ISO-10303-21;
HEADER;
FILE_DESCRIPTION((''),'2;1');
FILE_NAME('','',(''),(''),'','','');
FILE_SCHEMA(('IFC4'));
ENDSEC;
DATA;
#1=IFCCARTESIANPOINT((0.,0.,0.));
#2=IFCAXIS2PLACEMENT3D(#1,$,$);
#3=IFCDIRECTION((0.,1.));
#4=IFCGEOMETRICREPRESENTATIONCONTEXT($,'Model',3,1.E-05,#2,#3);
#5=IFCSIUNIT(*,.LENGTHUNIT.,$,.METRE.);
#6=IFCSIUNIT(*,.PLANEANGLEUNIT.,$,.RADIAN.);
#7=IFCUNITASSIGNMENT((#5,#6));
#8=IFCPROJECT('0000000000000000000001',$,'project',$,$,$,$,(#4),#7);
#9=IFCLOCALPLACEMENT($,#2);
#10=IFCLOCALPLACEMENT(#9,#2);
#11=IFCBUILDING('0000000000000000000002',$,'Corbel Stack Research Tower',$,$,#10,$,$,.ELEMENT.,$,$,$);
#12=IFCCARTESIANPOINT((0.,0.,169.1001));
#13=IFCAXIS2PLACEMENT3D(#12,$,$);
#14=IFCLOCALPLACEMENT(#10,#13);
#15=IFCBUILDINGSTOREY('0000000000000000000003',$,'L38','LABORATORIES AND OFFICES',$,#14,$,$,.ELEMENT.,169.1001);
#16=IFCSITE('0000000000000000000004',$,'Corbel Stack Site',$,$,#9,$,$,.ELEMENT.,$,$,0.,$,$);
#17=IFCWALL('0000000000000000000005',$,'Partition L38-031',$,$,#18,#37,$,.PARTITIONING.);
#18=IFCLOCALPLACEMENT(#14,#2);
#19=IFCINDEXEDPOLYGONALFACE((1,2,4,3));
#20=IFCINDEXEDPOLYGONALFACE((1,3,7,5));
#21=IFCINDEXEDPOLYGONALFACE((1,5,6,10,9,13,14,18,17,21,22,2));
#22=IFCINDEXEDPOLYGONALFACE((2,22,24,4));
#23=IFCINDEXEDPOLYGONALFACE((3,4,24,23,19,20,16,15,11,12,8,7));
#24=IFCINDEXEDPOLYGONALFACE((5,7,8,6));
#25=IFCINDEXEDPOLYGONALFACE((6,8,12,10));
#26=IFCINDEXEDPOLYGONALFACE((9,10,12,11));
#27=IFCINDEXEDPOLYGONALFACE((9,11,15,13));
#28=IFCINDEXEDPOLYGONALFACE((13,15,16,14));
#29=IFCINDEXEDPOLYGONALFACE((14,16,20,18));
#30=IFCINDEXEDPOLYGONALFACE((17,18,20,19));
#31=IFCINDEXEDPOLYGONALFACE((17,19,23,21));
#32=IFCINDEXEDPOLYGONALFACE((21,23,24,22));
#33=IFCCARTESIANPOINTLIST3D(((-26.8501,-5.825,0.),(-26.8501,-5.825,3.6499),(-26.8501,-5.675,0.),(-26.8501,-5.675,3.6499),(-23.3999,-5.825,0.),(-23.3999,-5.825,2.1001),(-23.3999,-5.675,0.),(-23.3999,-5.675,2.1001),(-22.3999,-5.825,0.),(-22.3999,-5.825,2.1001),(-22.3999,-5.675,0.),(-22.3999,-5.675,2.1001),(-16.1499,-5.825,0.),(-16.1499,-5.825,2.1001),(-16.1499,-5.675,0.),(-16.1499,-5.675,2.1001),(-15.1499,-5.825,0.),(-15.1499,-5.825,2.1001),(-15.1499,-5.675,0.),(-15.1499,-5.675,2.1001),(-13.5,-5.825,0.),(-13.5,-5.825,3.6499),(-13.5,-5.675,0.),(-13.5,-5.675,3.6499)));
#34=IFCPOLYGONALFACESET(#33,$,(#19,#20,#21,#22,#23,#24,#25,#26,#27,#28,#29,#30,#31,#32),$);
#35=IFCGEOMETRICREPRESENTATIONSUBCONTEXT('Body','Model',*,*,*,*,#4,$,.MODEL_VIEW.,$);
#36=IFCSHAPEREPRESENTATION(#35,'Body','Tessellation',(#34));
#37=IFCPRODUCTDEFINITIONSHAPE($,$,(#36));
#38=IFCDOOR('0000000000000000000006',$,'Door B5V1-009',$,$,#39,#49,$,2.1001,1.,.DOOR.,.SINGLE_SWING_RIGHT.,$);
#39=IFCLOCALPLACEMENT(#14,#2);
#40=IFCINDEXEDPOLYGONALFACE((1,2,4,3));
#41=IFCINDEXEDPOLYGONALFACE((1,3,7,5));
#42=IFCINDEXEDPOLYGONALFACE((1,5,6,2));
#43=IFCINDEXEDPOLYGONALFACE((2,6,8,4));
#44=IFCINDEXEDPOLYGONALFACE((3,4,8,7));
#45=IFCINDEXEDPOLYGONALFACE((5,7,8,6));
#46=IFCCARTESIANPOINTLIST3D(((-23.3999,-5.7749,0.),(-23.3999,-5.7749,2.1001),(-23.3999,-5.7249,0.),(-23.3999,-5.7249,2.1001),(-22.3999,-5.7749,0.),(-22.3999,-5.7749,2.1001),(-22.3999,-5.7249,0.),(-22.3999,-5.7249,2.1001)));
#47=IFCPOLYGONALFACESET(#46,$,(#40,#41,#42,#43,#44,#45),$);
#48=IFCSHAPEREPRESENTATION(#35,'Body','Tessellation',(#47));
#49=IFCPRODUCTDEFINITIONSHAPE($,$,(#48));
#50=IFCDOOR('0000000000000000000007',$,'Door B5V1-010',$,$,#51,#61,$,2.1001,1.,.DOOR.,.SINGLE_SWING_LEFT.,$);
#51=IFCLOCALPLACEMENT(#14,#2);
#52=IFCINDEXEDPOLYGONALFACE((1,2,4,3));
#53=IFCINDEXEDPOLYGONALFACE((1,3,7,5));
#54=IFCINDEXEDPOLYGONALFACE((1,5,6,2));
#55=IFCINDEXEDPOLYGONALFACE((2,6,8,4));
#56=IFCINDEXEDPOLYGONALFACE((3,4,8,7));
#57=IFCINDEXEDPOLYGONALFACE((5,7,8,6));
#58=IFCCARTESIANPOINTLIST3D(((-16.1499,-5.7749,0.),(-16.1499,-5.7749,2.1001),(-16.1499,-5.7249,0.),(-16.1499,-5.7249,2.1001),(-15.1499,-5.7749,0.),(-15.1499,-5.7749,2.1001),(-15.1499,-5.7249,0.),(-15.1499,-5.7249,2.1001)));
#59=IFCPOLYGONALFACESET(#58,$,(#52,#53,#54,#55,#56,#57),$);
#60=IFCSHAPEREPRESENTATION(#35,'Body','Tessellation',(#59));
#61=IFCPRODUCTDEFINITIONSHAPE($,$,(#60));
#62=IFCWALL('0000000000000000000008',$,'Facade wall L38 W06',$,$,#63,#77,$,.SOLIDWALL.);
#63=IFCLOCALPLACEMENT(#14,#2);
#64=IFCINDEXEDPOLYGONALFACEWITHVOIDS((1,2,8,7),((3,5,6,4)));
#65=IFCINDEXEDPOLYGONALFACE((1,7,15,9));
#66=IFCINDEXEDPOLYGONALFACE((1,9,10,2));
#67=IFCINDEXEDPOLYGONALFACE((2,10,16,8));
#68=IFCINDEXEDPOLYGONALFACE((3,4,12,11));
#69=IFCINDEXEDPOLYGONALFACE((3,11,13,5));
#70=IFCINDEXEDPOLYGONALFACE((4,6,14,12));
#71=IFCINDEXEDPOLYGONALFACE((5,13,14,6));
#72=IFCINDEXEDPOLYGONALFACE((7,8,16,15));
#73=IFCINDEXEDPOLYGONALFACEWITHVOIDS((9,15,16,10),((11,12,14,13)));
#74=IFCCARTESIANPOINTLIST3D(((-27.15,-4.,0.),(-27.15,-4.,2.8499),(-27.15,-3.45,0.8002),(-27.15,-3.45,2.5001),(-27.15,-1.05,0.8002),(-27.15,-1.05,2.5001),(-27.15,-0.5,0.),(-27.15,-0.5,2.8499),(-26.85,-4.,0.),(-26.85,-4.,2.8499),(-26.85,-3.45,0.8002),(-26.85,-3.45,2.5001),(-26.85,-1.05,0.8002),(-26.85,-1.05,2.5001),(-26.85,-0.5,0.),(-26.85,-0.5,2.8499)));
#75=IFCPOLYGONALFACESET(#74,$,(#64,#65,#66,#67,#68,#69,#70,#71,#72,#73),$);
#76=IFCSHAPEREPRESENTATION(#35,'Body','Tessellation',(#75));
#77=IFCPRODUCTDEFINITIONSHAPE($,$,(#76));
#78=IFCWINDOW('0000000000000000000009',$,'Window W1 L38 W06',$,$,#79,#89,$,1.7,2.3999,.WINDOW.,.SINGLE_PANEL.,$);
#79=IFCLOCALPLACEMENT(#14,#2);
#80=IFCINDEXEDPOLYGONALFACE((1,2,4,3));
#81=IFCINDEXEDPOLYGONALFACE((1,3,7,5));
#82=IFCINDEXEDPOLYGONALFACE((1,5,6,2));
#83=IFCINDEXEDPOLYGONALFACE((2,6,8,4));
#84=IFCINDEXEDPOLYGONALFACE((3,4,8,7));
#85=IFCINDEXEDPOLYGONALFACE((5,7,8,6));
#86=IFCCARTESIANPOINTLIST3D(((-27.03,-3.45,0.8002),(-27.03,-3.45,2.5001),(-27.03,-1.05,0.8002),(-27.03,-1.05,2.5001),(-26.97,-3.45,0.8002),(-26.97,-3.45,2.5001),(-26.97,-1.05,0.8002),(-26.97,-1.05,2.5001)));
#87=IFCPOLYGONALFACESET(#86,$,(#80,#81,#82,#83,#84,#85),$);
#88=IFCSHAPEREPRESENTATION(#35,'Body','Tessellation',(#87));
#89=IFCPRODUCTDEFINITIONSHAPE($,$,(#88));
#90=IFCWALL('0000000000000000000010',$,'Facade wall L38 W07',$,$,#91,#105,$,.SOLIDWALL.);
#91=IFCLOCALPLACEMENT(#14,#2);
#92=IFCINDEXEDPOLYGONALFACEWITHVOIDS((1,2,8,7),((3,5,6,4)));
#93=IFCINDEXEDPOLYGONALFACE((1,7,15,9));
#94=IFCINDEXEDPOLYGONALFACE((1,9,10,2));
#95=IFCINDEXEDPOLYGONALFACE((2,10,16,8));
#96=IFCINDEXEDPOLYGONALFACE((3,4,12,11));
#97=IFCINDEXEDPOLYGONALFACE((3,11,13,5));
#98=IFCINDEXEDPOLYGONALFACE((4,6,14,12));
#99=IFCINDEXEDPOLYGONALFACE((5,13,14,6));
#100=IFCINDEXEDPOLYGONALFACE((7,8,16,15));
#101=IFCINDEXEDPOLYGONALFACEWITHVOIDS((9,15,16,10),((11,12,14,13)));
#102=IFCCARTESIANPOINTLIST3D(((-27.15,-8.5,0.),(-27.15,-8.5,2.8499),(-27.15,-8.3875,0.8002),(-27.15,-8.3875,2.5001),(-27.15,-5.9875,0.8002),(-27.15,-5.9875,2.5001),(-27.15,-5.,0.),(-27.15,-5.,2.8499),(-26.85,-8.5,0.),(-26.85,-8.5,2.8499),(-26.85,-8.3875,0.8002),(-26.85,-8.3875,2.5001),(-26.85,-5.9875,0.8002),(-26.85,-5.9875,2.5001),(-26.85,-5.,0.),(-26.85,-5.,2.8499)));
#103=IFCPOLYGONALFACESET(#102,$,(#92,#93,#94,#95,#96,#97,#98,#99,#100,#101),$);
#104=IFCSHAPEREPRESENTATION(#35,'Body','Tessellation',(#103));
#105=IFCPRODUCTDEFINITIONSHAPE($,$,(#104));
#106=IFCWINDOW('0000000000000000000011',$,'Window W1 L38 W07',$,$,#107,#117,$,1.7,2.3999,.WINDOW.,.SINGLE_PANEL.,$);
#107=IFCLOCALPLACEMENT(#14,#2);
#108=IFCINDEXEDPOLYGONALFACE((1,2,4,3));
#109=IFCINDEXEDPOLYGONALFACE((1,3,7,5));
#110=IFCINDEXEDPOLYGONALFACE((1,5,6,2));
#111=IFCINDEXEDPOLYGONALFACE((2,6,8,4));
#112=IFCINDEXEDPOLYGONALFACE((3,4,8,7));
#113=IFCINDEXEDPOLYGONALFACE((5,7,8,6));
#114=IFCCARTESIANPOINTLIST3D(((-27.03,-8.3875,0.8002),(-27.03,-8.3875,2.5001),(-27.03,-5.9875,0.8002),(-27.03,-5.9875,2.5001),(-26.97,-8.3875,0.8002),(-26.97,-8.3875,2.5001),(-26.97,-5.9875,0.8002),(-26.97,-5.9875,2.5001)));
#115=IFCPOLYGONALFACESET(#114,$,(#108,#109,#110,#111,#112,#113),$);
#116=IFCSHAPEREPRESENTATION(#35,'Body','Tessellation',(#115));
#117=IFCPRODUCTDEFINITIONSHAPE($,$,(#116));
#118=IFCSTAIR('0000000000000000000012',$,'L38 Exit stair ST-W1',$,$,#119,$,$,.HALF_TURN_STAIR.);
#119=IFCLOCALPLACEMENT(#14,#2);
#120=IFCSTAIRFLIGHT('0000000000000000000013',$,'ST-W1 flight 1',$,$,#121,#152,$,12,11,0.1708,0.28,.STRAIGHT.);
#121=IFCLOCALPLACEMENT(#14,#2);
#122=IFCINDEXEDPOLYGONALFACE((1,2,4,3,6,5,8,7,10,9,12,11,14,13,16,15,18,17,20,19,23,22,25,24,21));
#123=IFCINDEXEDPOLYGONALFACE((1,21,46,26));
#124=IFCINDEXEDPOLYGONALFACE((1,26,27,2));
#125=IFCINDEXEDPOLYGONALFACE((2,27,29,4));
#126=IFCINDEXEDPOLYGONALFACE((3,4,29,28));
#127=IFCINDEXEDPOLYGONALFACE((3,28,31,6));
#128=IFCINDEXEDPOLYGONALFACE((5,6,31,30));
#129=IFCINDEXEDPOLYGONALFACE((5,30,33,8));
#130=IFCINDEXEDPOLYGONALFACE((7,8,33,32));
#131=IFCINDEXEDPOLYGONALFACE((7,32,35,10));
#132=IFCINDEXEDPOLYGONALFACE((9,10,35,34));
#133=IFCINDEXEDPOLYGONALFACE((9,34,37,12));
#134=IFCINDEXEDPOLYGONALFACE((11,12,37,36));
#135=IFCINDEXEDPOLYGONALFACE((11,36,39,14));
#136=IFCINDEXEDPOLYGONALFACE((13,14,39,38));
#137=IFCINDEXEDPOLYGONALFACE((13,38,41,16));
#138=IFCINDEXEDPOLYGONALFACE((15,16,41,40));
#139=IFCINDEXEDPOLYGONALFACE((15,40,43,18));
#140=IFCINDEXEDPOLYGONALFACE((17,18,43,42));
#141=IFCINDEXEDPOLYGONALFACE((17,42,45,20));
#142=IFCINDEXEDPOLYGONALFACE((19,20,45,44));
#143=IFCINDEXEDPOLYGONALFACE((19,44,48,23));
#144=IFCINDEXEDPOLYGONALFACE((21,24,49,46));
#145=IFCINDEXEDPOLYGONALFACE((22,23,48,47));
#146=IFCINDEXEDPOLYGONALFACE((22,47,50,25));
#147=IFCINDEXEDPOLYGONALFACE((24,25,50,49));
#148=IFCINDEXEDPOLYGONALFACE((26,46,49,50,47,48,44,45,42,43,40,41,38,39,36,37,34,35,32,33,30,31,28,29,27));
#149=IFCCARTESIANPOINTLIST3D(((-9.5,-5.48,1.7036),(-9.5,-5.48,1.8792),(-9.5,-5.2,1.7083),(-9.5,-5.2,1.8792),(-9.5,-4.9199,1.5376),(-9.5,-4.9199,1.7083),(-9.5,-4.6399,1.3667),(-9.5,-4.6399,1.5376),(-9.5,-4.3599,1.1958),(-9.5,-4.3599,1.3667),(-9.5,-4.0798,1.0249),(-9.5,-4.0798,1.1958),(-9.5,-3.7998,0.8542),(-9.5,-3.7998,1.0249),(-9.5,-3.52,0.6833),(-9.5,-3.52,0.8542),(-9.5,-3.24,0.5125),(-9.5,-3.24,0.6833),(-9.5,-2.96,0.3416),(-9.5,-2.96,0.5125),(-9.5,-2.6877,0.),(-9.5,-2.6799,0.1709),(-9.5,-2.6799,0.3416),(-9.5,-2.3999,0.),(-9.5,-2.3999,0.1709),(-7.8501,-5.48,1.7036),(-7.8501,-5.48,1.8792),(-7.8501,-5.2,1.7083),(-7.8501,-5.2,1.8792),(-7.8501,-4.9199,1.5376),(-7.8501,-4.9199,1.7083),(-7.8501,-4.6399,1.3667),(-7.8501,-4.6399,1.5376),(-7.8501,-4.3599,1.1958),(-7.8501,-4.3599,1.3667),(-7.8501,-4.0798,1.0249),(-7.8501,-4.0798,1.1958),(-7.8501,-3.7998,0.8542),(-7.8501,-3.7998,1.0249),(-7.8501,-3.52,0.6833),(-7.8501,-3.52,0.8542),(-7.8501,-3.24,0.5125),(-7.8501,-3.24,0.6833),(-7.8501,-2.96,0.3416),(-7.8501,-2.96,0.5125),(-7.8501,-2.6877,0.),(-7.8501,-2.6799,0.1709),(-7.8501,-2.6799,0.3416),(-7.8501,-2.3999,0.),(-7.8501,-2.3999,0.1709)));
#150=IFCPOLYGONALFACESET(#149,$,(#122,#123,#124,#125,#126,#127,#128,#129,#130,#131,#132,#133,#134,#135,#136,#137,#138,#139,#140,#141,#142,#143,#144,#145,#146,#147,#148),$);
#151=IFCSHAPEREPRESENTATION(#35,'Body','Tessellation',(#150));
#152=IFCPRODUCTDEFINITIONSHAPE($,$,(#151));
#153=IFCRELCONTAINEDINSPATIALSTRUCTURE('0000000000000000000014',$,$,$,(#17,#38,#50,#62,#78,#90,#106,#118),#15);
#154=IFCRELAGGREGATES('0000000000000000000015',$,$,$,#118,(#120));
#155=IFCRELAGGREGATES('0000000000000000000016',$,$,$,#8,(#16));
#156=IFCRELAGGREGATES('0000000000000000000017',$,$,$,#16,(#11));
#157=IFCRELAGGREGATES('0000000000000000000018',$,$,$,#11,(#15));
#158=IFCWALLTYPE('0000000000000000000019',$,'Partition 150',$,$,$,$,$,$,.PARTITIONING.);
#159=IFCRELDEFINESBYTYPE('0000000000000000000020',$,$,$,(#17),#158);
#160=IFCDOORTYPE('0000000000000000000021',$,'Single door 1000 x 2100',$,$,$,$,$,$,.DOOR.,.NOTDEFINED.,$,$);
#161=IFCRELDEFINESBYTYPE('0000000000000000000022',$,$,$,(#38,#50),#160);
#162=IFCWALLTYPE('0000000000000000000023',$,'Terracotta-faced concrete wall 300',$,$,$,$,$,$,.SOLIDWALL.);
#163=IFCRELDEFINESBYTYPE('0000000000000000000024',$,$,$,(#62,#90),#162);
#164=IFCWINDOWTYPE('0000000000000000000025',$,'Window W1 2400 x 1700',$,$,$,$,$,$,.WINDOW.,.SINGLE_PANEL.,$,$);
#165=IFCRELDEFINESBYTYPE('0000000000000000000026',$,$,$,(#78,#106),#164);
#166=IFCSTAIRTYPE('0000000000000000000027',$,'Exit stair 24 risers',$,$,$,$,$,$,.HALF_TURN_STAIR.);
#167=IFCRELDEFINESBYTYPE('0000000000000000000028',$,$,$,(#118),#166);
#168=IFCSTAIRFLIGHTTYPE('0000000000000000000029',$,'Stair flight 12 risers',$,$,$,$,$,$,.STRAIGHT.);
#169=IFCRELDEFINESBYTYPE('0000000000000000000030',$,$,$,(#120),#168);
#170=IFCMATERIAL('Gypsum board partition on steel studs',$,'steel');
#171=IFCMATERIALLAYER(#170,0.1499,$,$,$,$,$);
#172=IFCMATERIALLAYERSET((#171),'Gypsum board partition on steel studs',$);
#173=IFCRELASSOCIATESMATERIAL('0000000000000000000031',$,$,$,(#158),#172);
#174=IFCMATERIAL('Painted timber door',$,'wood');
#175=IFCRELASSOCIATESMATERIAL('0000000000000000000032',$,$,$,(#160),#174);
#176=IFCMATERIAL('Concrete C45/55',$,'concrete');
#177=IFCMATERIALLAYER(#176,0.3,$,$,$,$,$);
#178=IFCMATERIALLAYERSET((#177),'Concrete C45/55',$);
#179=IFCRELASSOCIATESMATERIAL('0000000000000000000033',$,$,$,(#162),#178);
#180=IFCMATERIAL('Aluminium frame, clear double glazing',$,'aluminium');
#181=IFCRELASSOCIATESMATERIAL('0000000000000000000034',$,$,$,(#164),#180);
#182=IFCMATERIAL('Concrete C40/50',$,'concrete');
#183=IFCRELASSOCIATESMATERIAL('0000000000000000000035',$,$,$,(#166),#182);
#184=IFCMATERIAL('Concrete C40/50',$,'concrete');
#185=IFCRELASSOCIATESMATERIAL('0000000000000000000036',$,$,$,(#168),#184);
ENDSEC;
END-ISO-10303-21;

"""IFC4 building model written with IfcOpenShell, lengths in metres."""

from ifc_helpers import new_model, si_unit, direction, frame, frame_2d, origin, place, context, subcontext, project, spatial, polyline, rectangle, outline, extrude, material, layer, layer_set, type_object, element, fill, aggregate, save


model = new_model("IFC4")

# Units and contexts
model_context = context("Model", 3, precision=1e-05, world=origin(), true_north=direction((0.0, 1.0)))
body_context = subcontext(model_context, "Body", "Model", "MODEL_VIEW")
ifc_project = project(units=[si_unit("LENGTHUNIT", "METRE"), si_unit("PLANEANGLEUNIT", "RADIAN")], contexts=[model_context])

# Site, building, storey
site_placement = place(None, origin())
site = spatial("IfcSite", under=ifc_project, at=site_placement, Name="Corbel Stack Site", CompositionType="ELEMENT", RefElevation=0.0)
building_placement = place(site_placement, origin())
building = spatial("IfcBuilding", under=site, at=building_placement, Name="Corbel Stack Research Tower", CompositionType="ELEMENT")
storey_placement = place(building_placement, frame((0.0, 0.0, 169.1001)))
storey = spatial("IfcBuildingStorey", under=building, at=storey_placement, Name="L38", Description="LABORATORIES AND OFFICES", CompositionType="ELEMENT", Elevation=169.1001)

# Wall, openings, doors
ifc_material_1 = material(Name="Gypsum board partition on steel studs", Category="steel")
ifc_layer_1 = layer(ifc_material_1, 0.1499)
ifc_layer_set_1 = layer_set([ifc_layer_1], Name="Gypsum board partition on steel studs")
wall_type_1 = type_object("IfcWallType", Name="Partition 150", PredefinedType="PARTITIONING", material=ifc_layer_set_1)
wall_1_placement = place(storey_placement, frame((-13.5, -5.75, 0.0), z_axis=(0.0, 0.0, 1.0), x_axis=(-1.0, 0.0, 0.0)))
wall_1 = element("IfcWall", 1, at=wall_1_placement, inside=storey, type_object=wall_type_1, Name="Partition L38-031", PredefinedType="PARTITIONING", context=body_context, shape_type="SweptSolid", body=[
    extrude(rectangle(XDim=13.3501, YDim=0.1499, at=frame_2d((6.675, 0.0))), origin(), (0.0, 0.0, 1.0), 3.6499),
])
opening_1_placement = place(wall_1_placement, frame((8.8999, 0.0, 0.0)))
opening_1 = element("IfcOpeningElement", 2, at=opening_1_placement, cuts=wall_1, PredefinedType="OPENING", context=body_context, shape_type="SweptSolid", body=[
    extrude(rectangle(XDim=1.0, YDim=2.1001, at=frame_2d((0.5, 1.05))), frame((0.0, 0.085, 0.0), z_axis=(0.0, -1.0, 0.0), x_axis=(1.0, 0.0, 0.0)), (0.0, 0.0, 1.0), 0.1699),
])
opening_2_placement = place(wall_1_placement, frame((1.6499, 0.0, 0.0)))
opening_2 = element("IfcOpeningElement", 3, at=opening_2_placement, cuts=wall_1, PredefinedType="OPENING", context=body_context, shape_type="SweptSolid", body=[
    extrude(rectangle(XDim=1.0, YDim=2.1001, at=frame_2d((0.5, 1.05))), frame((0.0, 0.085, 0.0), z_axis=(0.0, -1.0, 0.0), x_axis=(1.0, 0.0, 0.0)), (0.0, 0.0, 1.0), 0.1699),
])
ifc_material_2 = material(Name="Painted timber door", Category="wood")
door_type_1 = type_object("IfcDoorType", Name="Single door 1000 x 2100", OperationType="NOTDEFINED", PredefinedType="DOOR", material=ifc_material_2)
door_1_placement = place(opening_1_placement, origin())
door_1 = element("IfcDoor", 4, at=door_1_placement, inside=storey, type_object=door_type_1, Name="Door B5V1-009", OperationType="SINGLE_SWING_RIGHT", OverallHeight=2.1001, OverallWidth=1.0, PredefinedType="DOOR", context=body_context, shape_type="SweptSolid", body=[
    extrude(rectangle(XDim=1.0, YDim=2.1001, at=frame_2d((0.5, 1.05))), frame((0.0, 0.0249, 0.0), z_axis=(0.0, -1.0, 0.0), x_axis=(1.0, 0.0, 0.0)), (0.0, 0.0, 1.0), 0.05),
])
fill(opening_1, door_1)
door_2_placement = place(opening_2_placement, origin())
door_2 = element("IfcDoor", 5, at=door_2_placement, inside=storey, type_object=door_type_1, Name="Door B5V1-010", OperationType="SINGLE_SWING_LEFT", OverallHeight=2.1001, OverallWidth=1.0, PredefinedType="DOOR", context=body_context, shape_type="SweptSolid", body=[
    extrude(rectangle(XDim=1.0, YDim=2.1001, at=frame_2d((0.5, 1.05))), frame((0.0, 0.0249, 0.0), z_axis=(0.0, -1.0, 0.0), x_axis=(1.0, 0.0, 0.0)), (0.0, 0.0, 1.0), 0.05),
])
fill(opening_2, door_2)

# Walls, openings, windows
ifc_material_3 = material(Name="Concrete C45/55", Category="concrete")
ifc_layer_2 = layer(ifc_material_3, 0.3)
ifc_layer_set_2 = layer_set([ifc_layer_2], Name="Concrete C45/55")
wall_type_2 = type_object("IfcWallType", Name="Terracotta-faced concrete wall 300", PredefinedType="SOLIDWALL", material=ifc_layer_set_2)
wall_2_placement = place(storey_placement, frame((-27.0, -4.0, 0.0), z_axis=(0.0, 0.0, 1.0), x_axis=(0.0, 1.0, 0.0)))
wall_2 = element("IfcWall", 6, at=wall_2_placement, inside=storey, type_object=wall_type_2, Name="Facade wall L38 W06", PredefinedType="SOLIDWALL", context=body_context, shape_type="SweptSolid", body=[
    extrude(rectangle(XDim=3.5, YDim=0.3, at=frame_2d((1.75, 0.0))), origin(), (0.0, 0.0, 1.0), 2.8499),
])
opening_3_placement = place(wall_2_placement, frame((0.55, 0.0, 0.8)))
opening_3 = element("IfcOpeningElement", 7, at=opening_3_placement, cuts=wall_2, PredefinedType="OPENING", context=body_context, shape_type="SweptSolid", body=[
    extrude(rectangle(XDim=2.3999, YDim=1.7, at=frame_2d((1.2, 0.8501))), frame((0.0, 0.1599, 0.0), z_axis=(0.0, -1.0, 0.0), x_axis=(1.0, 0.0, 0.0)), (0.0, 0.0, 1.0), 0.3201),
])
ifc_material_4 = material(Name="Aluminium frame, clear double glazing", Category="aluminium")
window_type = type_object("IfcWindowType", Name="Window W1 2400 x 1700", PartitioningType="SINGLE_PANEL", PredefinedType="WINDOW", material=ifc_material_4)
window_1_placement = place(opening_3_placement, origin())
window_1 = element("IfcWindow", 8, at=window_1_placement, inside=storey, type_object=window_type, Name="Window W1 L38 W06", OverallHeight=1.7, OverallWidth=2.3999, PartitioningType="SINGLE_PANEL", PredefinedType="WINDOW", context=body_context, shape_type="SweptSolid", body=[
    extrude(rectangle(XDim=2.3999, YDim=1.7, at=frame_2d((1.2, 0.8501))), frame((0.0, 0.03, 0.0), z_axis=(0.0, -1.0, 0.0), x_axis=(1.0, 0.0, 0.0)), (0.0, 0.0, 1.0), 0.0601),
])
fill(opening_3, window_1)
wall_3_placement = place(storey_placement, frame((-27.0, -8.5, 0.0), z_axis=(0.0, 0.0, 1.0), x_axis=(0.0, 1.0, 0.0)))
wall_3 = element("IfcWall", 9, at=wall_3_placement, inside=storey, type_object=wall_type_2, Name="Facade wall L38 W07", PredefinedType="SOLIDWALL", context=body_context, shape_type="SweptSolid", body=[
    extrude(rectangle(XDim=3.5, YDim=0.3, at=frame_2d((1.75, 0.0))), origin(), (0.0, 0.0, 1.0), 2.8499),
])
opening_4_placement = place(wall_3_placement, frame((0.1125, 0.0, 0.8)))
opening_4 = element("IfcOpeningElement", 10, at=opening_4_placement, cuts=wall_3, PredefinedType="OPENING", context=body_context, shape_type="SweptSolid", body=[
    extrude(rectangle(XDim=2.3999, YDim=1.7, at=frame_2d((1.2, 0.8501))), frame((0.0, 0.1599, 0.0), z_axis=(0.0, -1.0, 0.0), x_axis=(1.0, 0.0, 0.0)), (0.0, 0.0, 1.0), 0.3201),
])
window_2_placement = place(opening_4_placement, origin())
window_2 = element("IfcWindow", 11, at=window_2_placement, inside=storey, type_object=window_type, Name="Window W1 L38 W07", OverallHeight=1.7, OverallWidth=2.3999, PartitioningType="SINGLE_PANEL", PredefinedType="WINDOW", context=body_context, shape_type="SweptSolid", body=[
    extrude(rectangle(XDim=2.3999, YDim=1.7, at=frame_2d((1.2, 0.8501))), frame((0.0, 0.03, 0.0), z_axis=(0.0, -1.0, 0.0), x_axis=(1.0, 0.0, 0.0)), (0.0, 0.0, 1.0), 0.0601),
])
fill(opening_4, window_2)

# Stair, stair flight
ifc_material_5 = material(Name="Concrete C40/50", Category="concrete")
stair_type = type_object("IfcStairType", Name="Exit stair 24 risers", PredefinedType="HALF_TURN_STAIR", material=ifc_material_5)
stair_placement = place(storey_placement, origin())
stair = element("IfcStair", 12, at=stair_placement, inside=storey, type_object=stair_type, Name="L38 Exit stair ST-W1", PredefinedType="HALF_TURN_STAIR")
ifc_material_6 = material(Name="Concrete C40/50", Category="concrete")
stair_flight_type = type_object("IfcStairFlightType", Name="Stair flight 12 risers", PredefinedType="STRAIGHT", material=ifc_material_6)
stair_flight_placement = place(storey_placement, frame((-8.675, -2.3999, 0.0), z_axis=(0.0, 0.0, 1.0), x_axis=(0.0, -1.0, 0.0)))
stair_flight = element("IfcStairFlight", 13, at=stair_flight_placement, type_object=stair_flight_type, Name="ST-W1 flight 1", NumberOfRisers=12, NumberOfTreads=11, PredefinedType="STRAIGHT", RiserHeight=0.1708, TreadLength=0.28, context=body_context, shape_type="SweptSolid", body=[
    extrude(outline(polyline([(0.0, 0.0), (0.0, 0.1709), (0.28, 0.1709), (0.28, 0.3416), (0.5601, 0.3416), (0.5601, 0.5125), (0.8401, 0.5125), (0.8401, 0.6833), (1.1201, 0.6833), (1.1201, 0.8542), (1.3999, 0.8542), (1.3999, 1.0249), (1.6799, 1.0249), (1.6799, 1.1958), (1.96, 1.1958), (1.96, 1.3667), (2.24, 1.3667), (2.24, 1.5376), (2.52, 1.5376), (2.52, 1.7083), (2.8, 1.7083), (2.8, 1.8792), (3.0801, 1.8792), (3.0801, 2.05), (3.0801, 1.7036), (0.2878, 0.0), (0.0, 0.0)])), frame((0.0, 0.825, 0.0), z_axis=(0.0, -1.0, 0.0), x_axis=(1.0, 0.0, 0.0)), (0.0, 0.0, 1.0), 1.6499),
])
aggregate(stair, [stair_flight])

save(model, "model.ifc")
